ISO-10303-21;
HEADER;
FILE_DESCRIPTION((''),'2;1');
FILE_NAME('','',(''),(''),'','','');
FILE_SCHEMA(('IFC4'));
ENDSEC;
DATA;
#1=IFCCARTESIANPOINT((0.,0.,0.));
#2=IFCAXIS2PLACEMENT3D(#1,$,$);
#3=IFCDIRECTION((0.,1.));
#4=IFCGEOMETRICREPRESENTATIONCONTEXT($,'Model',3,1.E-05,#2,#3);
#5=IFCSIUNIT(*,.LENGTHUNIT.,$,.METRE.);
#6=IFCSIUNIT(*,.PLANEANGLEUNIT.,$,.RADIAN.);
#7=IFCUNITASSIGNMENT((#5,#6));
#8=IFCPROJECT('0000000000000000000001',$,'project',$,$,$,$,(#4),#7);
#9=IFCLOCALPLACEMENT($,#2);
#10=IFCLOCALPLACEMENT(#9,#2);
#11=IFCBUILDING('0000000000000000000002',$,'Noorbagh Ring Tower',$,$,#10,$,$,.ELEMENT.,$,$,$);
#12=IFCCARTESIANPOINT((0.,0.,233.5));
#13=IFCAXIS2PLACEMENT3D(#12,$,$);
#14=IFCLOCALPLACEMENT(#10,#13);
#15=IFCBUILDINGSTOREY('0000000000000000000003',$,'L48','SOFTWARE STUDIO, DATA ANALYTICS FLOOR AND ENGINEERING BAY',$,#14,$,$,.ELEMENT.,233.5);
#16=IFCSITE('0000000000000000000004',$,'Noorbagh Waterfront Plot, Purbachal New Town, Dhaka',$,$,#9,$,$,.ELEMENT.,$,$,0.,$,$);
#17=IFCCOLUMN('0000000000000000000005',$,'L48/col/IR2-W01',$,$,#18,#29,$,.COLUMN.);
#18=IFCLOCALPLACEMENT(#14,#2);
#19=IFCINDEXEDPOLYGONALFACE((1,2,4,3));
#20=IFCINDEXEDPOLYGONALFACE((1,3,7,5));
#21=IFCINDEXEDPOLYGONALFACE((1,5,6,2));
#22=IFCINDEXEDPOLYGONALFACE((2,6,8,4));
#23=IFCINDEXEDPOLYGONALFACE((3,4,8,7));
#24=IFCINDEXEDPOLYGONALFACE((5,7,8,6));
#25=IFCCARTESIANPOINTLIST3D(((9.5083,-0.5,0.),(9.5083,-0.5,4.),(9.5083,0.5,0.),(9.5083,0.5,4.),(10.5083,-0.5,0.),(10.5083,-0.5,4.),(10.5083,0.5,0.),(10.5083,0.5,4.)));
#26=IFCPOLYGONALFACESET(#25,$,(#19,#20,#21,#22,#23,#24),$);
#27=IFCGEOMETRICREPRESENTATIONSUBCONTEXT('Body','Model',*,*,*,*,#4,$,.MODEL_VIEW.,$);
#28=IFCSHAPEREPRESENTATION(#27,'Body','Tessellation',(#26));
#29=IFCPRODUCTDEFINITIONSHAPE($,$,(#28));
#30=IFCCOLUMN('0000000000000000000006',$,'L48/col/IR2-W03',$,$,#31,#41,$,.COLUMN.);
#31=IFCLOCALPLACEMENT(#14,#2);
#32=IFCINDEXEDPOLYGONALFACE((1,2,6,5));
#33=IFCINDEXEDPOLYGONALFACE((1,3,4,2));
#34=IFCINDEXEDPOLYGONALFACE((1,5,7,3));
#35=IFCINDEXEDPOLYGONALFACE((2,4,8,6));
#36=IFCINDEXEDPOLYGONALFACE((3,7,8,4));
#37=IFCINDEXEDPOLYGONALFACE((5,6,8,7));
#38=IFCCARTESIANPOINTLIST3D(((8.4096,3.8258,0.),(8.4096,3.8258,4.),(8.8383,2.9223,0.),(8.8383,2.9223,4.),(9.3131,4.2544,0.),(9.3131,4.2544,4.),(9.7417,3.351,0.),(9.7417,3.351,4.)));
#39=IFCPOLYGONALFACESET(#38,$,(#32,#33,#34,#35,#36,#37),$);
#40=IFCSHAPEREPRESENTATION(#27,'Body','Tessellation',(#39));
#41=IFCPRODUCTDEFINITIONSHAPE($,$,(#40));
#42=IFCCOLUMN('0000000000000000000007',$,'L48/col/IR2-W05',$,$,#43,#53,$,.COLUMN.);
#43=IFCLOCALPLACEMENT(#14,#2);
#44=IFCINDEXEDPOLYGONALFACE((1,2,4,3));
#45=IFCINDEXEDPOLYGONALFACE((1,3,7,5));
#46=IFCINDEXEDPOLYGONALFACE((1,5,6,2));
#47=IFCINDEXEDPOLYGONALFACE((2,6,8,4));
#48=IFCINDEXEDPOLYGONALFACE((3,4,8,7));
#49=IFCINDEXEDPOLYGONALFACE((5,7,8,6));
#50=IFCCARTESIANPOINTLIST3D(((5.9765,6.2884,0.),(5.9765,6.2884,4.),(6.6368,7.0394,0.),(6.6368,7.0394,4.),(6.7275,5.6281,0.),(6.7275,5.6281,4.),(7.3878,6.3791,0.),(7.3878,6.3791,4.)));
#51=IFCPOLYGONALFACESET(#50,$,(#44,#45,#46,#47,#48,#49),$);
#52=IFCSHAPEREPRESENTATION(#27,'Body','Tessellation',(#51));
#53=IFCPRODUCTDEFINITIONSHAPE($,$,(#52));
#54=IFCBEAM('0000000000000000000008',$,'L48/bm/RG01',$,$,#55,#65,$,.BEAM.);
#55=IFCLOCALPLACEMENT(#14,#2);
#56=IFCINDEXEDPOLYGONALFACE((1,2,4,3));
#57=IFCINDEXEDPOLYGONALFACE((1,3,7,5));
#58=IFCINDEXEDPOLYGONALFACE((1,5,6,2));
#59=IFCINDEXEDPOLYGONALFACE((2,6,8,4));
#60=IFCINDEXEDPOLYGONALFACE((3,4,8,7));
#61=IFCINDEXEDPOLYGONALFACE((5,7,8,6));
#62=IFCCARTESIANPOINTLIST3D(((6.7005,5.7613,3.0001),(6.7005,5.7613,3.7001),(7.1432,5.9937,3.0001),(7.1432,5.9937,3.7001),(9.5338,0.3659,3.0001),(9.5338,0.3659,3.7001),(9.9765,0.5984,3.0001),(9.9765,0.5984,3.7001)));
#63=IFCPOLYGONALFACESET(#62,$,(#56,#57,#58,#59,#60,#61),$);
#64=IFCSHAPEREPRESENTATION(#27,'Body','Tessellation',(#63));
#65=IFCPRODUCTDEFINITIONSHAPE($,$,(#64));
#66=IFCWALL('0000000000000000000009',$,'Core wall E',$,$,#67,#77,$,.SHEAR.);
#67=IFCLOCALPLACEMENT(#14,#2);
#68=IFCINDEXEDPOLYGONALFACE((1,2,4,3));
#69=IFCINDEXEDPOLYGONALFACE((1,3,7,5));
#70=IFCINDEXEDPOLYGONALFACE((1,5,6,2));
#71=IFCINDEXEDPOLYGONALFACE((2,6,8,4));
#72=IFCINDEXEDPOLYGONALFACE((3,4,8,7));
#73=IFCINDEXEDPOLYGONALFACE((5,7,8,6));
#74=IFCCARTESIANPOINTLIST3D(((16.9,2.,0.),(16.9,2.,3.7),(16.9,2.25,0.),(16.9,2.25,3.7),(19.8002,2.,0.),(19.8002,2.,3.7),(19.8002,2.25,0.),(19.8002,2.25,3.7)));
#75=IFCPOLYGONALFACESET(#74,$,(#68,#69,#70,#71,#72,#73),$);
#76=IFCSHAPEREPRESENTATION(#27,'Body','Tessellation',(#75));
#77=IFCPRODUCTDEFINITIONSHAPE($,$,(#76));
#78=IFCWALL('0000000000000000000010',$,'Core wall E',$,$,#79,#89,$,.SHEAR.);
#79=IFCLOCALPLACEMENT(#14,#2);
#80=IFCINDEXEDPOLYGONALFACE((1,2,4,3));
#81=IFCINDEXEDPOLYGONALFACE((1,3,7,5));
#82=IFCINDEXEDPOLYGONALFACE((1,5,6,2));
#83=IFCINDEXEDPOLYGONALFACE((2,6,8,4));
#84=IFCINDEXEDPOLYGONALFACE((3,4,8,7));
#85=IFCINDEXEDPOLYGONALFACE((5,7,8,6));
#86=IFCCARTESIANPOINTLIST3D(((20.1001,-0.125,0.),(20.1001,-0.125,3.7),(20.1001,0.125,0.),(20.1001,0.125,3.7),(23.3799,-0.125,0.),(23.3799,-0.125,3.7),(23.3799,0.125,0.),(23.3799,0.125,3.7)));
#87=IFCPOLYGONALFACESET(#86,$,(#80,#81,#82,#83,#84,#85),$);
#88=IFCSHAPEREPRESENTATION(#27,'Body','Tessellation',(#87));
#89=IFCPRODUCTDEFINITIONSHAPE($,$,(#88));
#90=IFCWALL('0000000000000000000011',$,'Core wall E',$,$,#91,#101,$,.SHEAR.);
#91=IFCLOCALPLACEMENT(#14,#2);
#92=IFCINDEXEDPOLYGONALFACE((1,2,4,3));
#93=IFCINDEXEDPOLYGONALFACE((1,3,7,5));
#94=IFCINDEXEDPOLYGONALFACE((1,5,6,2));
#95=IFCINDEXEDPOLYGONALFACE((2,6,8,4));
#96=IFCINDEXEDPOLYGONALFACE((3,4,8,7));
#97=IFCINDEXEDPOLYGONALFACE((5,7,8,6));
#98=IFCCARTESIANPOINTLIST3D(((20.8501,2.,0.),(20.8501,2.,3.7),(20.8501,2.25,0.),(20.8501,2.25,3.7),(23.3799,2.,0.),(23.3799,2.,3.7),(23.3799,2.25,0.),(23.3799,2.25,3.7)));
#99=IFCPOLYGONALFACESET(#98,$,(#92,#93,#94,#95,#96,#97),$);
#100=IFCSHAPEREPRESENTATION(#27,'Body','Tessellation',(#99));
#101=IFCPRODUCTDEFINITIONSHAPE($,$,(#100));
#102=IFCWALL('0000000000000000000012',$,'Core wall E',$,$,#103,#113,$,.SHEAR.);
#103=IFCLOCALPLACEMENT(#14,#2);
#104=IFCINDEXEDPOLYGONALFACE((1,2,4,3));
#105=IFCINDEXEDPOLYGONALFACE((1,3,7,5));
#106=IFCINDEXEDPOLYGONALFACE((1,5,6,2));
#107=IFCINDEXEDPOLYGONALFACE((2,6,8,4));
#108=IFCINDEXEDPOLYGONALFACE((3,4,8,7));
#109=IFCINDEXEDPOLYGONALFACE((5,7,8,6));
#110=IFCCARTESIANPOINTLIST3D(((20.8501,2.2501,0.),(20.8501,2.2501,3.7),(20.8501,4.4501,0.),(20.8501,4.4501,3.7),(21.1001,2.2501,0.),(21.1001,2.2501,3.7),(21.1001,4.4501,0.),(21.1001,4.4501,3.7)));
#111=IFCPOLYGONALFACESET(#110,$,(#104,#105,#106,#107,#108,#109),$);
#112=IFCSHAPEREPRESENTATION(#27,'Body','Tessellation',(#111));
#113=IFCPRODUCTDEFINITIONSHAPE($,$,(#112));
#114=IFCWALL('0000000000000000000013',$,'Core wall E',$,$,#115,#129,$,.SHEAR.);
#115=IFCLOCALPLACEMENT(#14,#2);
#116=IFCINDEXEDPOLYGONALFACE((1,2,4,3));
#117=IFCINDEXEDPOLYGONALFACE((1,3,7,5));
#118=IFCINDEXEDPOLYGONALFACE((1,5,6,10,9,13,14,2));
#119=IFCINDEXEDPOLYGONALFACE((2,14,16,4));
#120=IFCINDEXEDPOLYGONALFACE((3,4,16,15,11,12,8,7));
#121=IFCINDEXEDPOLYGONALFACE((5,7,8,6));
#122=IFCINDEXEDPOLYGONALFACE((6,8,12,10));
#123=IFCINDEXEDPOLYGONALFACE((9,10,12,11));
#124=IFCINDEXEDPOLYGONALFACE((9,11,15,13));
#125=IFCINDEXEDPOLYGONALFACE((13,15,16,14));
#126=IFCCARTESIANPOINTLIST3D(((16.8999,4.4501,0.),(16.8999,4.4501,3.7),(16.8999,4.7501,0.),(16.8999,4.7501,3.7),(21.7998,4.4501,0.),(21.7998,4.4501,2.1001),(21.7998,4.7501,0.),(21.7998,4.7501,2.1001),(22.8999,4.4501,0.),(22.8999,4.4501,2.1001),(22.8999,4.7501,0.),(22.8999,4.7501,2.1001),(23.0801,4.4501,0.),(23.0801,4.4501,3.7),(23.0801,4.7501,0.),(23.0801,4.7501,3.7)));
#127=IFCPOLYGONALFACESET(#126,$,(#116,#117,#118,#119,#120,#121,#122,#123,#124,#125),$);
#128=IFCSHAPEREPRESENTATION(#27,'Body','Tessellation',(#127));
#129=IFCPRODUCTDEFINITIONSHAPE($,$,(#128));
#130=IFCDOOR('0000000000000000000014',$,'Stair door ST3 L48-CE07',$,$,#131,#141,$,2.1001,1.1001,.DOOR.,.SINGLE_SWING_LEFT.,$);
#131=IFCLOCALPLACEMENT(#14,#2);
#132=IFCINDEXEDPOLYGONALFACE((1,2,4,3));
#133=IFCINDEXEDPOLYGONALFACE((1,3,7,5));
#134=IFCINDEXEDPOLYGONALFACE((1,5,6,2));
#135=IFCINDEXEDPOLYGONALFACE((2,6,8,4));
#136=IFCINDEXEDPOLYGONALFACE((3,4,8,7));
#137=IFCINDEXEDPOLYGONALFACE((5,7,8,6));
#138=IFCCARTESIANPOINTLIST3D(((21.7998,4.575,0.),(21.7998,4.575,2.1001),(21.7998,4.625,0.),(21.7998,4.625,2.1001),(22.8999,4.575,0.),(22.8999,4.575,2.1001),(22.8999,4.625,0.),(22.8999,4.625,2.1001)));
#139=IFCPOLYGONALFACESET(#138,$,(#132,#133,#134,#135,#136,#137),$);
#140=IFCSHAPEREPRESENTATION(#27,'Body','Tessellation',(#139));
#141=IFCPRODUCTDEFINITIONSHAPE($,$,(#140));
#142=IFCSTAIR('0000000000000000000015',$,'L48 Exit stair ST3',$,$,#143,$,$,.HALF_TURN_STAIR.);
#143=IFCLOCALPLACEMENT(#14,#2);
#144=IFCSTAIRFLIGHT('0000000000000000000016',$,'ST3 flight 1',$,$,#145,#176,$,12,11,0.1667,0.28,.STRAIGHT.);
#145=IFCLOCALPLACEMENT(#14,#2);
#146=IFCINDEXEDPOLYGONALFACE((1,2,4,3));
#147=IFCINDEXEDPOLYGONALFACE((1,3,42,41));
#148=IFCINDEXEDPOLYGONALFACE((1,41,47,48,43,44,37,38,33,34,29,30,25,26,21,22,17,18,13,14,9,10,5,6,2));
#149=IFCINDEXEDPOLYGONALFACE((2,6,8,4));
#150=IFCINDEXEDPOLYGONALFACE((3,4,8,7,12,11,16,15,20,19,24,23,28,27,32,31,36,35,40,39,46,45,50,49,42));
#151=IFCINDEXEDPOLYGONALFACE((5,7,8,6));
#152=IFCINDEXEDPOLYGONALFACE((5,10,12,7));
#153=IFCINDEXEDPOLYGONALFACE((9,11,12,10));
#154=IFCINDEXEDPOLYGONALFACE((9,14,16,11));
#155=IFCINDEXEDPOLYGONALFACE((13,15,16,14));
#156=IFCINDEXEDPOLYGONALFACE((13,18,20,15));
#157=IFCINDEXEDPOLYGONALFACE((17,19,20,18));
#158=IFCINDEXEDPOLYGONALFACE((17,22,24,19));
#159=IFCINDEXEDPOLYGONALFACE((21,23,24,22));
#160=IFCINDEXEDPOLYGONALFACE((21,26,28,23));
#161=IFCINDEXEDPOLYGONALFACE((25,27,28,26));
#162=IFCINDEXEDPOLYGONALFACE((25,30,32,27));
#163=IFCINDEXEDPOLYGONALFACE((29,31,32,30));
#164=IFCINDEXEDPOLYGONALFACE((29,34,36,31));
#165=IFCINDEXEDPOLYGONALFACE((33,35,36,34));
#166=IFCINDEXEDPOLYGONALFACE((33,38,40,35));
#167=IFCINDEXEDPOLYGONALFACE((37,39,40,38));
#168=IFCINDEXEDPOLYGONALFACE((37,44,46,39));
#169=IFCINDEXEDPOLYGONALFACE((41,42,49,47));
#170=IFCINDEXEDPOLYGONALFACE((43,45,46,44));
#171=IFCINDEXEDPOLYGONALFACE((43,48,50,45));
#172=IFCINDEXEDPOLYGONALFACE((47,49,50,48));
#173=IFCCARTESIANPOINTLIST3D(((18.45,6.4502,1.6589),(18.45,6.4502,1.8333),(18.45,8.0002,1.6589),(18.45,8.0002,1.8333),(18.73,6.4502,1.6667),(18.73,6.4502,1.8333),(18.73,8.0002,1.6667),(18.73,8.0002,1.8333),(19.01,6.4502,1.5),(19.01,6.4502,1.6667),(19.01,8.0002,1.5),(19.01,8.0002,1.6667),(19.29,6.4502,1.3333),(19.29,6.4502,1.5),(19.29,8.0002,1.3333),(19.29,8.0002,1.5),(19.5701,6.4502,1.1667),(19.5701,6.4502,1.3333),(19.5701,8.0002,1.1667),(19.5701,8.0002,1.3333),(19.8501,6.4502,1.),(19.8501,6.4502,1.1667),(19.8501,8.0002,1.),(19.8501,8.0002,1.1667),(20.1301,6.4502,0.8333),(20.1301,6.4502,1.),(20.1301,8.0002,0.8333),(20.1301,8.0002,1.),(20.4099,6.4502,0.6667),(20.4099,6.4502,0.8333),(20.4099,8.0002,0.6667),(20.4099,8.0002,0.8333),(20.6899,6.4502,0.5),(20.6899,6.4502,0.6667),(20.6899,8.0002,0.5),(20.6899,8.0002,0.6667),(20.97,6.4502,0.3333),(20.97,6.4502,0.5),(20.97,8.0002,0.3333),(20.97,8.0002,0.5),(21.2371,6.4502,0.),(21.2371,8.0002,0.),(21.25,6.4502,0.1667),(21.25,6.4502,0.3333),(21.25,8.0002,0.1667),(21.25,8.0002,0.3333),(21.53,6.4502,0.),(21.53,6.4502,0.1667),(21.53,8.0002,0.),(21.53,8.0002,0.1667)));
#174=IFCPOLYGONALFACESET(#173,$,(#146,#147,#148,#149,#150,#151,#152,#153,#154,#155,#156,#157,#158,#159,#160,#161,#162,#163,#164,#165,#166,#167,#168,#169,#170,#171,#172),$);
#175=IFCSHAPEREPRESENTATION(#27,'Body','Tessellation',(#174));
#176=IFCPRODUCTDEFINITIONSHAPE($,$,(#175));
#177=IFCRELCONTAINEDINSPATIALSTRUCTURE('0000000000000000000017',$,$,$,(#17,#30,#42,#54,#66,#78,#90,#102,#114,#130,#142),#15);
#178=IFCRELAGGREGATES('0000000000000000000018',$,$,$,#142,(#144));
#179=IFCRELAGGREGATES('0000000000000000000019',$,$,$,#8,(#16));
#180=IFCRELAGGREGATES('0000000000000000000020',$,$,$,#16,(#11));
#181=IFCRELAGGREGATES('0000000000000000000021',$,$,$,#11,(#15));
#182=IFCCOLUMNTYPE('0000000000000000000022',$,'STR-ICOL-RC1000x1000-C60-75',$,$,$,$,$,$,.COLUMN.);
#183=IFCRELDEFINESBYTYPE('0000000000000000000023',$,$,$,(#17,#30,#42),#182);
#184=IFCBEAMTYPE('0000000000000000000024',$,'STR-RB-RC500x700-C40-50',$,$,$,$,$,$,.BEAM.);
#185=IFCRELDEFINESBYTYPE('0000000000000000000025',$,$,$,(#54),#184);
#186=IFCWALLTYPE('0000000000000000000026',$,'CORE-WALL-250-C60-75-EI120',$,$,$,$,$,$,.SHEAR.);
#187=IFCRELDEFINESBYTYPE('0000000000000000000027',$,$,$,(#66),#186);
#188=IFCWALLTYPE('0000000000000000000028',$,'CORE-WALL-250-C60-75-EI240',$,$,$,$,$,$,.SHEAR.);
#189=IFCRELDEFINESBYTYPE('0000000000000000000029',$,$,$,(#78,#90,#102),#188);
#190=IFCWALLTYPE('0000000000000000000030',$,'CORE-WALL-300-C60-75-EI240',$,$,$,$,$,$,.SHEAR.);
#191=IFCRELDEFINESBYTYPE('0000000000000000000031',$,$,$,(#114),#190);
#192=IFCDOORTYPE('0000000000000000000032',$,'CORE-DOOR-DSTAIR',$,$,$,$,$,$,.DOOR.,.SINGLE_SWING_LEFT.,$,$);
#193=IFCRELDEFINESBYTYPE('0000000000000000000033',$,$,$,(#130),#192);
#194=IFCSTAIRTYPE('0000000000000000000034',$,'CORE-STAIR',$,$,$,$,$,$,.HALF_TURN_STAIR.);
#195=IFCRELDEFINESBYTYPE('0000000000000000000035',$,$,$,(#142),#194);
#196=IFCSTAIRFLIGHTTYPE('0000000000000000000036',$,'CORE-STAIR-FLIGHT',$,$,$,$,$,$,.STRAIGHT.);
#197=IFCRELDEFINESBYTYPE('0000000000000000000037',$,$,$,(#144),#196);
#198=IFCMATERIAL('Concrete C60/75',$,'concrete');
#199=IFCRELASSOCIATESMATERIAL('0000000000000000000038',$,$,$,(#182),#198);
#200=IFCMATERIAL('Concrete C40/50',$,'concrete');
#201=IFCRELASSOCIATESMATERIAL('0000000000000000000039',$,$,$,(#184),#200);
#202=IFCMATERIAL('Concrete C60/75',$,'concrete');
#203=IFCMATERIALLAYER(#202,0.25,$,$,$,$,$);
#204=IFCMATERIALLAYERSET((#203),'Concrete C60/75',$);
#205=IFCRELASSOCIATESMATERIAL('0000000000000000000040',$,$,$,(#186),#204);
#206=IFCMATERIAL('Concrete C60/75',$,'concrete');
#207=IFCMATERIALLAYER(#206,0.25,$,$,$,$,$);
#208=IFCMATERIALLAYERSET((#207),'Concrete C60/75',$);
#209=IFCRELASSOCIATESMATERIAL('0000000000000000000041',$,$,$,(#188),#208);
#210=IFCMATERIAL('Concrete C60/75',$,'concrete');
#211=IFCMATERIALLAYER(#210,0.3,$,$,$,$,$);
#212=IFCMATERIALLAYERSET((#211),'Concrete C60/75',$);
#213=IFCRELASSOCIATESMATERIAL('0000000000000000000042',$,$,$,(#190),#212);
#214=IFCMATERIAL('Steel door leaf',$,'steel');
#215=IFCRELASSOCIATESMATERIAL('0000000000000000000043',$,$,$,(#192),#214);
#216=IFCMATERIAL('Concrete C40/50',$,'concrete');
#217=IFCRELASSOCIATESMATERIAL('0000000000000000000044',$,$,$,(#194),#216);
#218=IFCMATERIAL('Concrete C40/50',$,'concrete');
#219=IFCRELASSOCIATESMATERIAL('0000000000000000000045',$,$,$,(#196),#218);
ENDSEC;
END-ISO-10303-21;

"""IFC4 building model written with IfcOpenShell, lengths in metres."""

from ifc_helpers import new_model, si_unit, direction, frame, frame_2d, origin, origin_2d, place, context, subcontext, project, spatial, polyline, rectangle, outline, extrude, material, layer, layer_set, material_profile, profile_set, type_object, element, fill, aggregate, save


model = new_model("IFC4")

# Units and contexts
model_context = context("Model", 3, precision=1e-05, world=origin(), true_north=direction((0.0, 1.0)))
body_context = subcontext(model_context, "Body", "Model", "MODEL_VIEW")
ifc_project = project(units=[si_unit("LENGTHUNIT", "METRE"), si_unit("PLANEANGLEUNIT", "RADIAN")], contexts=[model_context])

# Site, building, storey
site_placement = place(None, origin())
site = spatial("IfcSite", under=ifc_project, at=site_placement, Name="Noorbagh Waterfront Plot, Purbachal New Town, Dhaka", CompositionType="ELEMENT", RefElevation=0.0)
building_placement = place(site_placement, origin())
building = spatial("IfcBuilding", under=site, at=building_placement, Name="Noorbagh Ring Tower", CompositionType="ELEMENT")
storey_placement = place(building_placement, frame((0.0, 0.0, 233.5)))
storey = spatial("IfcBuildingStorey", under=building, at=storey_placement, Name="L48", Description="SOFTWARE STUDIO, DATA ANALYTICS FLOOR AND ENGINEERING BAY", CompositionType="ELEMENT", Elevation=233.5)

# Columns
ifc_material_1 = material(Name="Concrete C60/75", Category="concrete")
ifc_material_profile_1 = material_profile(ifc_material_1, rectangle(XDim=1.0, YDim=1.0, at=origin_2d()), Name="RC1000x1000")
ifc_profile_set_1 = profile_set([ifc_material_profile_1], Name="Concrete C60/75")
column_type = type_object("IfcColumnType", Name="STR-ICOL-RC1000x1000-C60-75", PredefinedType="COLUMN", material=ifc_profile_set_1)
for number, where, z_axis, x_axis, name in (
    (1, (10.0083, 0.0, 0.0), (0.0, 0.0, 1.0), (0.0, 1.0, 0.0), "L48/col/IR2-W01"),
    (2, (9.0757, 3.5884, 0.0), (0.0, 0.0, 1.0), (-0.428667, 0.903463, 0.0), "L48/col/IR2-W03"),
    (3, (6.6821, 6.3337, 0.0), (0.0, 0.0, 1.0), (-0.751022, 0.660277, 0.0), "L48/col/IR2-W05"),
):
    element("IfcColumn", number, at=place(storey_placement, frame(where, z_axis=z_axis, x_axis=x_axis)), inside=storey, type_object=column_type, Name=name, PredefinedType="COLUMN", context=body_context, shape_type="SweptSolid", body=[
        extrude(rectangle(XDim=1.0, YDim=1.0, at=origin_2d()), origin(), (0.0, 0.0, 1.0), 4.0),
    ])

# Beam
ifc_material_2 = material(Name="Concrete C40/50", Category="concrete")
ifc_material_profile_2 = material_profile(ifc_material_2, rectangle(XDim=0.5, YDim=0.7, at=origin_2d()), Name="RC500x700")
ifc_profile_set_2 = profile_set([ifc_material_profile_2], Name="Concrete C40/50")
beam_type = type_object("IfcBeamType", Name="STR-RB-RC500x700-C40-50", PredefinedType="BEAM", material=ifc_profile_set_2)
beam_placement = place(storey_placement, frame((9.7551, 0.4822, 3.3501), z_axis=(-0.464929, 0.885348, 0.0), x_axis=(-0.885348, -0.464929, 0.0)))
element("IfcBeam", 4, at=beam_placement, inside=storey, type_object=beam_type, Name="L48/bm/RG01", PredefinedType="BEAM", context=body_context, shape_type="SweptSolid", body=[
    extrude(rectangle(XDim=0.5, YDim=0.7, at=origin_2d()), origin(), (0.0, 0.0, 1.0), 6.094),
])

# Walls
ifc_material_3 = material(Name="Concrete C60/75", Category="concrete")
ifc_layer_1 = layer(ifc_material_3, 0.25)
ifc_layer_set_1 = layer_set([ifc_layer_1], Name="Concrete C60/75")
wall_type_1 = type_object("IfcWallType", Name="CORE-WALL-250-C60-75-EI120", PredefinedType="SHEAR", material=ifc_layer_set_1)
wall_1_placement = place(storey_placement, frame((16.8999, 2.125, 0.0), z_axis=(0.0, 0.0, 1.0), x_axis=(1.0, 0.0, 0.0)))
element("IfcWall", 5, at=wall_1_placement, inside=storey, type_object=wall_type_1, Name="Core wall E", PredefinedType="SHEAR", context=body_context, shape_type="SweptSolid", body=[
    extrude(rectangle(XDim=2.9001, YDim=0.25, at=frame_2d((1.4502, 0.0))), origin(), (0.0, 0.0, 1.0), 3.7),
])
ifc_material_4 = material(Name="Concrete C60/75", Category="concrete")
ifc_layer_2 = layer(ifc_material_4, 0.25)
ifc_layer_set_2 = layer_set([ifc_layer_2], Name="Concrete C60/75")
wall_type_2 = type_object("IfcWallType", Name="CORE-WALL-250-C60-75-EI240", PredefinedType="SHEAR", material=ifc_layer_set_2)
wall_2_placement = place(storey_placement, frame((20.1001, 0.0, 0.0), z_axis=(0.0, 0.0, 1.0), x_axis=(1.0, 0.0, 0.0)))
element("IfcWall", 6, at=wall_2_placement, inside=storey, type_object=wall_type_2, Name="Core wall E", PredefinedType="SHEAR", context=body_context, shape_type="SweptSolid", body=[
    extrude(rectangle(XDim=3.2798, YDim=0.25, at=frame_2d((1.6399, 0.0))), origin(), (0.0, 0.0, 1.0), 3.7),
])
wall_3_placement = place(storey_placement, frame((20.8501, 2.125, 0.0), z_axis=(0.0, 0.0, 1.0), x_axis=(1.0, 0.0, 0.0)))
element("IfcWall", 7, at=wall_3_placement, inside=storey, type_object=wall_type_2, Name="Core wall E", PredefinedType="SHEAR", context=body_context, shape_type="SweptSolid", body=[
    extrude(rectangle(XDim=2.5298, YDim=0.25, at=frame_2d((1.2649, 0.0))), origin(), (0.0, 0.0, 1.0), 3.7),
])
wall_4_placement = place(storey_placement, frame((20.9751, 2.25, 0.0), z_axis=(0.0, 0.0, 1.0), x_axis=(0.0, 1.0, 0.0)))
element("IfcWall", 8, at=wall_4_placement, inside=storey, type_object=wall_type_2, Name="Core wall E", PredefinedType="SHEAR", context=body_context, shape_type="SweptSolid", body=[
    extrude(rectangle(XDim=2.2, YDim=0.25, at=frame_2d((1.1001, 0.0))), origin(), (0.0, 0.0, 1.0), 3.7),
])

# Wall, opening, door
ifc_material_5 = material(Name="Concrete C60/75", Category="concrete")
ifc_layer_3 = layer(ifc_material_5, 0.3)
ifc_layer_set_3 = layer_set([ifc_layer_3], Name="Concrete C60/75")
wall_type_3 = type_object("IfcWallType", Name="CORE-WALL-300-C60-75-EI240", PredefinedType="SHEAR", material=ifc_layer_set_3)
wall_5_placement = place(storey_placement, frame((16.8999, 4.6001, 0.0), z_axis=(0.0, 0.0, 1.0), x_axis=(1.0, 0.0, 0.0)))
wall_5 = element("IfcWall", 9, at=wall_5_placement, inside=storey, type_object=wall_type_3, Name="Core wall E", PredefinedType="SHEAR", context=body_context, shape_type="SweptSolid", body=[
    extrude(rectangle(XDim=6.1802, YDim=0.3, at=frame_2d((3.0901, 0.0))), origin(), (0.0, 0.0, 1.0), 3.7),
])
opening_placement = place(wall_5_placement, frame((4.8999, 0.0, 0.0)))
opening = element("IfcOpeningElement", 10, at=opening_placement, cuts=wall_5, PredefinedType="OPENING", context=body_context, shape_type="SweptSolid", body=[
    extrude(rectangle(XDim=1.1001, YDim=2.1001, at=frame_2d((0.55, 1.05))), frame((0.0, 0.1602, 0.0), z_axis=(0.0, -1.0, 0.0), x_axis=(1.0, 0.0, 0.0)), (0.0, 0.0, 1.0), 0.3201),
])
ifc_material_6 = material(Name="Steel door leaf", Category="steel")
door_type = type_object("IfcDoorType", Name="CORE-DOOR-DSTAIR", OperationType="SINGLE_SWING_LEFT", PredefinedType="DOOR", material=ifc_material_6)
door_placement = place(opening_placement, origin())
door = element("IfcDoor", 11, at=door_placement, inside=storey, type_object=door_type, Name="Stair door ST3 L48-CE07", OperationType="SINGLE_SWING_LEFT", OverallHeight=2.1001, OverallWidth=1.1001, PredefinedType="DOOR", context=body_context, shape_type="SweptSolid", body=[
    extrude(rectangle(XDim=1.1001, YDim=2.1001, at=frame_2d((0.55, 1.05))), frame((0.0, 0.0249, 0.0), z_axis=(0.0, -1.0, 0.0), x_axis=(1.0, 0.0, 0.0)), (0.0, 0.0, 1.0), 0.05),
])
fill(opening, door)

# Stair, stair flight
ifc_material_7 = material(Name="Concrete C40/50", Category="concrete")
stair_type = type_object("IfcStairType", Name="CORE-STAIR", PredefinedType="HALF_TURN_STAIR", material=ifc_material_7)
stair_placement = place(storey_placement, origin())
stair = element("IfcStair", 12, at=stair_placement, inside=storey, type_object=stair_type, Name="L48 Exit stair ST3", PredefinedType="HALF_TURN_STAIR")
ifc_material_8 = material(Name="Concrete C40/50", Category="concrete")
stair_flight_type = type_object("IfcStairFlightType", Name="CORE-STAIR-FLIGHT", PredefinedType="STRAIGHT", material=ifc_material_8)
stair_flight_1_placement = place(storey_placement, frame((21.53, 7.2251, 0.0), z_axis=(0.0, 0.0, 1.0), x_axis=(-1.0, 0.0, 0.0)))
stair_flight_1 = element("IfcStairFlight", 13, at=stair_flight_1_placement, type_object=stair_flight_type, Name="ST3 flight 1", NumberOfRisers=12, NumberOfTreads=11, PredefinedType="STRAIGHT", RiserHeight=0.1667, TreadLength=0.28, context=body_context, shape_type="SweptSolid", body=[
    extrude(outline(polyline([(0.0, 0.0), (0.0, 0.1667), (0.28, 0.1667), (0.28, 0.3333), (0.5601, 0.3333), (0.5601, 0.5), (0.8401, 0.5), (0.8401, 0.6667), (1.1201, 0.6667), (1.1201, 0.8333), (1.3999, 0.8333), (1.3999, 1.0), (1.6799, 1.0), (1.6799, 1.1667), (1.96, 1.1667), (1.96, 1.3333), (2.24, 1.3333), (2.24, 1.5), (2.52, 1.5), (2.52, 1.6667), (2.8, 1.6667), (2.8, 1.8333), (3.0801, 1.8333), (3.0801, 2.0), (3.0801, 1.6589), (0.293, 0.0), (0.0, 0.0)])), frame((0.0, 0.7749, 0.0), z_axis=(0.0, -1.0, 0.0), x_axis=(1.0, 0.0, 0.0)), (0.0, 0.0, 1.0), 1.55),
])
aggregate(stair, [stair_flight_1])

save(model, "model.ifc")
